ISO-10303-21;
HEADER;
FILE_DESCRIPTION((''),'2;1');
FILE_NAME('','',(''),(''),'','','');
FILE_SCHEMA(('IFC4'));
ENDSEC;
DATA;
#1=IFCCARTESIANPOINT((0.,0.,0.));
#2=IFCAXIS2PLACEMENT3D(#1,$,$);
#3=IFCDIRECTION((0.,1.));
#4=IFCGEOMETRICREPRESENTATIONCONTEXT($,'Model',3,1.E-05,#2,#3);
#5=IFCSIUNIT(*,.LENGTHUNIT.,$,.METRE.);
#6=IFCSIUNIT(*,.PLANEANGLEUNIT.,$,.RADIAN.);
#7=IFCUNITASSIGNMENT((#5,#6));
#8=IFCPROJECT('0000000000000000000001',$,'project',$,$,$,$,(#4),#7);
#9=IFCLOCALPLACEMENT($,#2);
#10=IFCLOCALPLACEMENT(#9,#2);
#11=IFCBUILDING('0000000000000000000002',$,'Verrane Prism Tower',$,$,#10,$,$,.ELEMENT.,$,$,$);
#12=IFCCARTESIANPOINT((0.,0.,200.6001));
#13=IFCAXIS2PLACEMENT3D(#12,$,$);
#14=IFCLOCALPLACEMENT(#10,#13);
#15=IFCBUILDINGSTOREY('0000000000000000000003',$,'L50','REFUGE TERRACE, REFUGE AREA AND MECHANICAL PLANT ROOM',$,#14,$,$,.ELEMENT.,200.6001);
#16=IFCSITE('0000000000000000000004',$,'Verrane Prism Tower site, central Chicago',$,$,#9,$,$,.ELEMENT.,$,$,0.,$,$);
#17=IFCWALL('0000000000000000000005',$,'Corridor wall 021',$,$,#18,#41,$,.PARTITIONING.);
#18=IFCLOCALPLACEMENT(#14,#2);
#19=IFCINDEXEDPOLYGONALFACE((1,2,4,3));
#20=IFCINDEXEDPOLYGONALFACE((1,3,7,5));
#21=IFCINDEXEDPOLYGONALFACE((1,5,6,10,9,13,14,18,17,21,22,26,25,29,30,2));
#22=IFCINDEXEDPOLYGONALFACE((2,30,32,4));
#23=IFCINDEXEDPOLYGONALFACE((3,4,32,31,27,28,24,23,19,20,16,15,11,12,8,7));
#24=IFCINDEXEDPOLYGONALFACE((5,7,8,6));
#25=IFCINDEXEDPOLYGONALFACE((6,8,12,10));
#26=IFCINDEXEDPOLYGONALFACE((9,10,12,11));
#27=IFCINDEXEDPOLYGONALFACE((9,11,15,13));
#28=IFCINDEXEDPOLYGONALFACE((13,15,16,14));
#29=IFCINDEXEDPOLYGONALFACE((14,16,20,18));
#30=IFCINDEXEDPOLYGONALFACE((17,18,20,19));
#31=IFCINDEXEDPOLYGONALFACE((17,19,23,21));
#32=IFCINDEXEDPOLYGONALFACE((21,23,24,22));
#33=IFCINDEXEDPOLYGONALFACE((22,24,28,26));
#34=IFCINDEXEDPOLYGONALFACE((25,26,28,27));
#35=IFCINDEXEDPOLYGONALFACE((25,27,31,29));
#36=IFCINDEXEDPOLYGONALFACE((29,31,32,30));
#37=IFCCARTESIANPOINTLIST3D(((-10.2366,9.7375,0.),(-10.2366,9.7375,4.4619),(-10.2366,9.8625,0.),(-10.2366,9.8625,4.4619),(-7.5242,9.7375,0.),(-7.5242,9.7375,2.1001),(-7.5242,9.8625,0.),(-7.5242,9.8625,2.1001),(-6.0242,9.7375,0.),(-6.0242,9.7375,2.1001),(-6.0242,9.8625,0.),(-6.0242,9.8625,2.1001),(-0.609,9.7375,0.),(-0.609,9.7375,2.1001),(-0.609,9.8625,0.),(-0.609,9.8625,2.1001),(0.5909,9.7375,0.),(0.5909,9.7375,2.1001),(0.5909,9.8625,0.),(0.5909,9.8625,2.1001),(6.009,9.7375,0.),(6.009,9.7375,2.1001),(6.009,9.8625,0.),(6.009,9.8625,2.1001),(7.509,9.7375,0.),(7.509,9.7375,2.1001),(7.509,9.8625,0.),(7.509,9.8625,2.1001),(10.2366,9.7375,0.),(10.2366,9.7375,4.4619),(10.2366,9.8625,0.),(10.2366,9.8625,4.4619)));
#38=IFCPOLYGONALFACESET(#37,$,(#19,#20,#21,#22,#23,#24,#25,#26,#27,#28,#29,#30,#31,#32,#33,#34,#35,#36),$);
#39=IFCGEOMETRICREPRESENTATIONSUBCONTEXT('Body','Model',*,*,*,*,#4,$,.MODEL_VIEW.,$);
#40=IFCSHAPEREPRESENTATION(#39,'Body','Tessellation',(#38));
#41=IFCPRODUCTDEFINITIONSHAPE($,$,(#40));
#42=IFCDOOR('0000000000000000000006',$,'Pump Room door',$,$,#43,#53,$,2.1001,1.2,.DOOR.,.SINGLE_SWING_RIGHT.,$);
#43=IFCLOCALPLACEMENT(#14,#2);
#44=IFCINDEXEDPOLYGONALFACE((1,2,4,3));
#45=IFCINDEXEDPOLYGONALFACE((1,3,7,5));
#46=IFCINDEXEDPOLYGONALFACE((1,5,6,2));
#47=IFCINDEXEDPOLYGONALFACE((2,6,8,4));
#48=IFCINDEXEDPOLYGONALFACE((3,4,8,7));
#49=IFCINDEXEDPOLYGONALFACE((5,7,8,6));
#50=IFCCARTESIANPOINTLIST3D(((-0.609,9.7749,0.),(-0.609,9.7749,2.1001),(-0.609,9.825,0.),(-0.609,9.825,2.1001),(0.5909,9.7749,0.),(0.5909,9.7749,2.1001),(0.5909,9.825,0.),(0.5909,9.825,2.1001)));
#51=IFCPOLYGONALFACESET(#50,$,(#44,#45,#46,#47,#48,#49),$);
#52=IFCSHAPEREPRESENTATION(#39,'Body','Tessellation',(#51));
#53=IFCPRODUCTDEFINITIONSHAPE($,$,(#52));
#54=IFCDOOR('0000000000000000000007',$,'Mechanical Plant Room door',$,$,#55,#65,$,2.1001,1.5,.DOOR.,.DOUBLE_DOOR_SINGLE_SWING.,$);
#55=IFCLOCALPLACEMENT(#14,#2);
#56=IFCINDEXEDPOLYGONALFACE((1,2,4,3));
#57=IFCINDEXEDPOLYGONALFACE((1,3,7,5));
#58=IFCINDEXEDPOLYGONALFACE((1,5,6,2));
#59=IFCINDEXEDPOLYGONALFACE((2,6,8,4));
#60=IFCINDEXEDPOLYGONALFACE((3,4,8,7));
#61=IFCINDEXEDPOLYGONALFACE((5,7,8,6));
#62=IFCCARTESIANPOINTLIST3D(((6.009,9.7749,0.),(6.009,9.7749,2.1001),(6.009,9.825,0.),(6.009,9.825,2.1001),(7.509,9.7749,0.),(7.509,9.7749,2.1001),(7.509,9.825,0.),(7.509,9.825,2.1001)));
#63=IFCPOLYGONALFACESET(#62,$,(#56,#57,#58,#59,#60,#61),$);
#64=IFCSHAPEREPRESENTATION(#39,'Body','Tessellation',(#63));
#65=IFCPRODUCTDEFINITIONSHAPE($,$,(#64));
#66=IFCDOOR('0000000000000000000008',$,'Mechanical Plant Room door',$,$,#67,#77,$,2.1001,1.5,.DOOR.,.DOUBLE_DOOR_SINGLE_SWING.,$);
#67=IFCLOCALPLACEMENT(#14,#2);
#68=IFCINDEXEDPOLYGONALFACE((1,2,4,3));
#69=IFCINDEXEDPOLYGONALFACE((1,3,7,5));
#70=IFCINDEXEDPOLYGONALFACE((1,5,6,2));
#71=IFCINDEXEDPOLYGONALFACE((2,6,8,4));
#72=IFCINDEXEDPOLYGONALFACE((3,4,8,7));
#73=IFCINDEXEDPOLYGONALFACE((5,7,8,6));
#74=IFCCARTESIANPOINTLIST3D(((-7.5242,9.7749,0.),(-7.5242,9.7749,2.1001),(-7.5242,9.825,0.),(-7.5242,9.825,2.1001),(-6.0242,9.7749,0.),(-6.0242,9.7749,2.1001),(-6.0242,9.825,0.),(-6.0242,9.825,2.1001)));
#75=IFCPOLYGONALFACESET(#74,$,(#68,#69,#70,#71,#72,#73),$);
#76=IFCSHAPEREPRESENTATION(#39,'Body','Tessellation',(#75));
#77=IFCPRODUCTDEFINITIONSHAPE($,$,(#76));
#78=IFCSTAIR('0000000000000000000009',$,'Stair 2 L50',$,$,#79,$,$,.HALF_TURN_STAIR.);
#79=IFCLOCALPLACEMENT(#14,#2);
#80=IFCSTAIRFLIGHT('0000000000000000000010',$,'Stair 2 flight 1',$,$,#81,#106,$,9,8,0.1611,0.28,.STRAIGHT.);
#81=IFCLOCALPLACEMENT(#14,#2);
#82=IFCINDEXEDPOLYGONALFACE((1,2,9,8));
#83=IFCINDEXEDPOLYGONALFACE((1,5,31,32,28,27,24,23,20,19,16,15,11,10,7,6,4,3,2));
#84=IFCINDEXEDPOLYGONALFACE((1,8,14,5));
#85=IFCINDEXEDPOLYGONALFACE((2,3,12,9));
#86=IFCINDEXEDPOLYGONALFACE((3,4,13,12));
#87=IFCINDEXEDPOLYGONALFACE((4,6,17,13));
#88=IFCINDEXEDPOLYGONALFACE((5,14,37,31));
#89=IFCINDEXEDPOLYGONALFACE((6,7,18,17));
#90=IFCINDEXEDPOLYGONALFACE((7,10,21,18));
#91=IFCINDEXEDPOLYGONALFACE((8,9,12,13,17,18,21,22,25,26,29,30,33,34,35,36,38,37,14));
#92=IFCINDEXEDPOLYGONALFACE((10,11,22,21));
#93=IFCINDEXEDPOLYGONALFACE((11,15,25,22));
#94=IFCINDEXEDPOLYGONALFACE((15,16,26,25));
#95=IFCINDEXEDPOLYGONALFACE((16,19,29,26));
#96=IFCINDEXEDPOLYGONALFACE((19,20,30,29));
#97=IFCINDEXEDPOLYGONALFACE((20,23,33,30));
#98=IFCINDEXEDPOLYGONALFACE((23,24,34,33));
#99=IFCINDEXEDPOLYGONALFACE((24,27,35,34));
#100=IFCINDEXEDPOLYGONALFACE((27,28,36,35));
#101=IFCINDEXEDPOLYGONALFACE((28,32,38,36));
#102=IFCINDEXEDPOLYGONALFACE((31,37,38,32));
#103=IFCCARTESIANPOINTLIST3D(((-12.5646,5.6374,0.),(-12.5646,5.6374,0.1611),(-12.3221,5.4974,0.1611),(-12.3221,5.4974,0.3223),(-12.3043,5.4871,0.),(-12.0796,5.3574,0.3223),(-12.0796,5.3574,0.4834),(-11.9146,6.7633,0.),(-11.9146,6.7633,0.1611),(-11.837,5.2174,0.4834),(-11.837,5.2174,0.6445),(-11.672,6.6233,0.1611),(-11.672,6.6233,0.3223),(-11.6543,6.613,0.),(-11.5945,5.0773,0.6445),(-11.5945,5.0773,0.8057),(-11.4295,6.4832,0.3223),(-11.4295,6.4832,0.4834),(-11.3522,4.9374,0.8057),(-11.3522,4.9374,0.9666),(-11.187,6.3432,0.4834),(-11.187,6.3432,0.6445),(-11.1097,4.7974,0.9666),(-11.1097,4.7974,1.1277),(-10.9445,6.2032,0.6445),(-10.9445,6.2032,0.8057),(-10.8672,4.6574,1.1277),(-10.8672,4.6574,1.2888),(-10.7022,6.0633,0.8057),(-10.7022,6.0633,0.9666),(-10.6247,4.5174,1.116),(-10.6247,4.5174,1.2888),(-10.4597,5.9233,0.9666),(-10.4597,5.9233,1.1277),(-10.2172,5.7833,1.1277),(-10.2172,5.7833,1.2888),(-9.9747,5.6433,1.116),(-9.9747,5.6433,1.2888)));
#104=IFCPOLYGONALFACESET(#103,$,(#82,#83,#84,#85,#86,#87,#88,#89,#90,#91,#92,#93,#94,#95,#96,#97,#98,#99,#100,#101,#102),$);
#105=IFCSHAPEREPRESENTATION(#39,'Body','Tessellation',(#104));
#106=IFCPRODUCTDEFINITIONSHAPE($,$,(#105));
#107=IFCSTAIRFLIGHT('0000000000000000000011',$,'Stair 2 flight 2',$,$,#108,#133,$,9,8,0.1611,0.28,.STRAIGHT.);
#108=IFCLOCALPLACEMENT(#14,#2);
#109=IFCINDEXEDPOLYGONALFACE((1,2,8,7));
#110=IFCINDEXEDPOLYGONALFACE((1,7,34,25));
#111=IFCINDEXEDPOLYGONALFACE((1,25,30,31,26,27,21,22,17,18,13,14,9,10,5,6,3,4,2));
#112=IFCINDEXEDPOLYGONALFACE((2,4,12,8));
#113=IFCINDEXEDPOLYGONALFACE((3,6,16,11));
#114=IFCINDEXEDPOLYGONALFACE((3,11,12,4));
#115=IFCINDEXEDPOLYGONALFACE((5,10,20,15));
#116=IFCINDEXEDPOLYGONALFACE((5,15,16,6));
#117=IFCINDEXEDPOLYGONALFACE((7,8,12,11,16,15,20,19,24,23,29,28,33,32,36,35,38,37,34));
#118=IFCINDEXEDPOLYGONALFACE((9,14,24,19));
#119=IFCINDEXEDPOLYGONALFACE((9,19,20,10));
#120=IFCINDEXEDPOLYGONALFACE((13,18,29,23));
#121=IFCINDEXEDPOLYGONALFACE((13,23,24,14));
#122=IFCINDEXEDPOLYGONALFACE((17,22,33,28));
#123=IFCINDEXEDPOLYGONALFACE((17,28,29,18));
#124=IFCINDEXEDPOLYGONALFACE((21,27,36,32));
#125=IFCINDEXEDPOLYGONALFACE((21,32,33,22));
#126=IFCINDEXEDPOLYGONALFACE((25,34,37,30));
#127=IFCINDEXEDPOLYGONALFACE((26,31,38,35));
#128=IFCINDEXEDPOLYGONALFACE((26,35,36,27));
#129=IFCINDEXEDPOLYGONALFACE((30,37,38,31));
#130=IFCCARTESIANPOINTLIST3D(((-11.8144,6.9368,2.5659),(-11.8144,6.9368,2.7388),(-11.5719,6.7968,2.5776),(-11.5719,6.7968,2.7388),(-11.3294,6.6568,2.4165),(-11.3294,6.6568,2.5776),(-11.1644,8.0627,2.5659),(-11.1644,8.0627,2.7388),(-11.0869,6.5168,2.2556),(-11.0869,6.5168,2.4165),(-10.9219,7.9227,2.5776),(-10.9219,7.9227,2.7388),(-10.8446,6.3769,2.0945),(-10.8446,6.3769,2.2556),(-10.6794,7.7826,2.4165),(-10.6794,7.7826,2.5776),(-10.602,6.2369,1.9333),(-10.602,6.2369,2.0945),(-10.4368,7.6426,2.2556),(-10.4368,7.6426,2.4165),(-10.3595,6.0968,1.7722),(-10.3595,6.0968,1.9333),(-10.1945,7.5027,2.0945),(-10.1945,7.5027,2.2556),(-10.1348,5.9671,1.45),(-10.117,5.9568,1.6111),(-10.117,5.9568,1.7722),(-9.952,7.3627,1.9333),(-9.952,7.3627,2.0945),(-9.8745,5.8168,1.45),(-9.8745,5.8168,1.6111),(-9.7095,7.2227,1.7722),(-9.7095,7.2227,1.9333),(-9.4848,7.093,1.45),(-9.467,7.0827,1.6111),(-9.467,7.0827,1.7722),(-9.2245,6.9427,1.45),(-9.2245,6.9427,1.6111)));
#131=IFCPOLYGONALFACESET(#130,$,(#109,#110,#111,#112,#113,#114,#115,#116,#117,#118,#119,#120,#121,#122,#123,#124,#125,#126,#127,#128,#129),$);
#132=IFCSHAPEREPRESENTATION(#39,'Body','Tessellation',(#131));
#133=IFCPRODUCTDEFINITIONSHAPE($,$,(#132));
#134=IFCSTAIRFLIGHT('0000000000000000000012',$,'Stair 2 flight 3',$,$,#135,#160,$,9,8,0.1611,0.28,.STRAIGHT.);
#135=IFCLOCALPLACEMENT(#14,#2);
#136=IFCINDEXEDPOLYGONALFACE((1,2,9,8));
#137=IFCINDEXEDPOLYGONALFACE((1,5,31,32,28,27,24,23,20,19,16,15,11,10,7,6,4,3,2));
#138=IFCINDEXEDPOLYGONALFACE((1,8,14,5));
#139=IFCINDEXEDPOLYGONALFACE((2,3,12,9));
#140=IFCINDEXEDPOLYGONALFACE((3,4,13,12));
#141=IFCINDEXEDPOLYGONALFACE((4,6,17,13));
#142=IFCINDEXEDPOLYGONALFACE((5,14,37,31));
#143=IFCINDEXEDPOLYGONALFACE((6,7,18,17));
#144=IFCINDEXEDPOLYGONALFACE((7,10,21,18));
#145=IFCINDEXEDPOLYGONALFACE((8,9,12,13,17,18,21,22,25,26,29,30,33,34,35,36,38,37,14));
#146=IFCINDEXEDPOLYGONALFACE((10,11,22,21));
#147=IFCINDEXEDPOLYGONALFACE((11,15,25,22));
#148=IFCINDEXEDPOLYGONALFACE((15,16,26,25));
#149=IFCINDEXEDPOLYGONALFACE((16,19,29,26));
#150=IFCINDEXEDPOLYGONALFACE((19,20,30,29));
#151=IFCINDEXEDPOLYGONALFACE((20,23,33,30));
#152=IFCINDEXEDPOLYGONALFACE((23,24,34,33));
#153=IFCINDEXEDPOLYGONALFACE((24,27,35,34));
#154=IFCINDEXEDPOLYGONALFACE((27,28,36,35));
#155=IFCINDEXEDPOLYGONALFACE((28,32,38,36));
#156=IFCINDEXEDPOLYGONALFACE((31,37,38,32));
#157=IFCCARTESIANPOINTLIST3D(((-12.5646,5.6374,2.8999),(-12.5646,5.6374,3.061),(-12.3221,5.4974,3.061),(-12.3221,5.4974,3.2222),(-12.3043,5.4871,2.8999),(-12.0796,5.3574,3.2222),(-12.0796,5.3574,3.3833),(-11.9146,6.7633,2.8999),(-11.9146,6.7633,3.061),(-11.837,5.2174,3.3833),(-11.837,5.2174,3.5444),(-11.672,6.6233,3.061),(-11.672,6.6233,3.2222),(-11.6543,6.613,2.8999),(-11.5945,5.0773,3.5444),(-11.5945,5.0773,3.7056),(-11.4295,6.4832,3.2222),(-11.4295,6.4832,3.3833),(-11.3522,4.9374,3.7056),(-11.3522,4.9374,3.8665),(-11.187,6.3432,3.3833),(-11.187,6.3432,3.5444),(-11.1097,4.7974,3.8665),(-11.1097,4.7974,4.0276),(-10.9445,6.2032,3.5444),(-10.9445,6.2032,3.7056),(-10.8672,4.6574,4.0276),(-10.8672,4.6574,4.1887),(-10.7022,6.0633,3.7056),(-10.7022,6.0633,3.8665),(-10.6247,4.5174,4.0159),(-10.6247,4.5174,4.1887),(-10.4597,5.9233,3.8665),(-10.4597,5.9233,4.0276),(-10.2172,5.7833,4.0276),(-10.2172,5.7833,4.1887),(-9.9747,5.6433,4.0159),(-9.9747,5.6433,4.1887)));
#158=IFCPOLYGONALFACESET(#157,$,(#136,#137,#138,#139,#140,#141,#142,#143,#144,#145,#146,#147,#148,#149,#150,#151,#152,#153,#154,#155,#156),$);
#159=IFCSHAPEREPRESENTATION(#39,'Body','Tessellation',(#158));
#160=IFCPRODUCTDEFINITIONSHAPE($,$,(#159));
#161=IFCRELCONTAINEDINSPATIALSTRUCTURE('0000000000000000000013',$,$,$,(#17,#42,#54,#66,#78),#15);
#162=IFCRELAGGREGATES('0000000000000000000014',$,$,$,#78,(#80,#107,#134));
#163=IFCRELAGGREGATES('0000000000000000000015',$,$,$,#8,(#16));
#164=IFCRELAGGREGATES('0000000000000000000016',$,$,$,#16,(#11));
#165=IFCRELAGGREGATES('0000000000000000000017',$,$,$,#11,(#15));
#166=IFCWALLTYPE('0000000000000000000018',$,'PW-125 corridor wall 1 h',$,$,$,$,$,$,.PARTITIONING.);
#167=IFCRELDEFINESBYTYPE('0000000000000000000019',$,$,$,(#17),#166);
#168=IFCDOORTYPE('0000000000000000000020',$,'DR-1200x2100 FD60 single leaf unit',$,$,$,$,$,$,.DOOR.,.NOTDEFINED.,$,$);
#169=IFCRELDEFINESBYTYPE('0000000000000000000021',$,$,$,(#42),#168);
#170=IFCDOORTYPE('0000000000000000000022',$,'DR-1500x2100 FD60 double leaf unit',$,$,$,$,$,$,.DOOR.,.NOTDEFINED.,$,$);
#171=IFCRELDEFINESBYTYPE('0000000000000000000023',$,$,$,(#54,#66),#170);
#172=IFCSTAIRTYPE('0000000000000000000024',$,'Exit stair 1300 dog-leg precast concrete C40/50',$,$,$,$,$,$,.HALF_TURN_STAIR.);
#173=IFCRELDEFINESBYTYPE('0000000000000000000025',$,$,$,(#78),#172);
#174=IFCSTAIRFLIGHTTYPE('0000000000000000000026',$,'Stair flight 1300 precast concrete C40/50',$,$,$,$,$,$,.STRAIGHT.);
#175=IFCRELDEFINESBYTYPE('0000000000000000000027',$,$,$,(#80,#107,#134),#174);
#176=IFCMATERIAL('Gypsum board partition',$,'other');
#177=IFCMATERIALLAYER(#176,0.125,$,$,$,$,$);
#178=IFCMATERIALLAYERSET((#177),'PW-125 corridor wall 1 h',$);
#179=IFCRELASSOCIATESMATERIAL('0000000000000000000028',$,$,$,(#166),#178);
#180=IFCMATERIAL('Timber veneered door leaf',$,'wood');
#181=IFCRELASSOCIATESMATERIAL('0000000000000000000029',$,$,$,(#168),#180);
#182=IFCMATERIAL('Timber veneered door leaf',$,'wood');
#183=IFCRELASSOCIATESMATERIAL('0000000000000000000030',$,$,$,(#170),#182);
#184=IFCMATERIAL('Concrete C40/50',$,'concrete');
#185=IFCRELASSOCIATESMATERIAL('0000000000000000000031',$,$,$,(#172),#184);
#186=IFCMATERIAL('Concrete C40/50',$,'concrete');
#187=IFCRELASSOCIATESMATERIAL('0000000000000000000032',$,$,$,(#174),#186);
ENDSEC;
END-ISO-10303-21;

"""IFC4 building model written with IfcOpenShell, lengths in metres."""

from ifc_helpers import new_model, si_unit, direction, frame, frame_2d, origin, place, context, subcontext, project, spatial, polyline, rectangle, outline, extrude, material, layer, layer_set, type_object, element, fill, aggregate, save


model = new_model("IFC4")

# Units and contexts
model_context = context("Model", 3, precision=1e-05, world=origin(), true_north=direction((0.0, 1.0)))
body_context = subcontext(model_context, "Body", "Model", "MODEL_VIEW")
ifc_project = project(units=[si_unit("LENGTHUNIT", "METRE"), si_unit("PLANEANGLEUNIT", "RADIAN")], contexts=[model_context])

# Site, building, storey
site_placement = place(None, origin())
site = spatial("IfcSite", under=ifc_project, at=site_placement, Name="Verrane Prism Tower site, central Chicago", CompositionType="ELEMENT", RefElevation=0.0)
building_placement = place(site_placement, origin())
building = spatial("IfcBuilding", under=site, at=building_placement, Name="Verrane Prism Tower", CompositionType="ELEMENT")
storey_placement = place(building_placement, frame((0.0, 0.0, 200.6001)))
storey = spatial("IfcBuildingStorey", under=building, at=storey_placement, Name="L50", Description="REFUGE TERRACE, REFUGE AREA AND MECHANICAL PLANT ROOM", CompositionType="ELEMENT", Elevation=200.6001)

# Wall, openings, doors
ifc_material_1 = material(Name="Gypsum board partition", Category="other")
ifc_layer_1 = layer(ifc_material_1, 0.125)
ifc_layer_set_1 = layer_set([ifc_layer_1], Name="PW-125 corridor wall 1 h")
wall_type_1 = type_object("IfcWallType", Name="PW-125 corridor wall 1 h", PredefinedType="PARTITIONING", material=ifc_layer_set_1)
wall_1_placement = place(storey_placement, frame((-10.2366, 9.8, 0.0), z_axis=(0.0, 0.0, 1.0), x_axis=(1.0, 0.0, 0.0)))
wall_1 = element("IfcWall", 1, at=wall_1_placement, inside=storey, type_object=wall_type_1, Name="Corridor wall 021", PredefinedType="PARTITIONING", context=body_context, shape_type="SweptSolid", body=[
    extrude(rectangle(XDim=20.4731, YDim=0.125, at=frame_2d((10.2366, 0.0))), origin(), (0.0, 0.0, 1.0), 4.4619),
])
opening_1_placement = place(wall_1_placement, frame((16.2456, 0.0, 0.0)))
opening_1 = element("IfcOpeningElement", 2, at=opening_1_placement, cuts=wall_1, PredefinedType="OPENING", context=body_context, shape_type="SweptSolid", body=[
    extrude(rectangle(XDim=1.5, YDim=2.1001, at=frame_2d((0.75, 1.05))), frame((0.0, 0.0725, 0.0), z_axis=(0.0, -1.0, 0.0), x_axis=(1.0, 0.0, 0.0)), (0.0, 0.0, 1.0), 0.145),
])
opening_2_placement = place(wall_1_placement, frame((9.6274, 0.0, 0.0)))
opening_2 = element("IfcOpeningElement", 3, at=opening_2_placement, cuts=wall_1, PredefinedType="OPENING", context=body_context, shape_type="SweptSolid", body=[
    extrude(rectangle(XDim=1.2, YDim=2.1001, at=frame_2d((0.6001, 1.05))), frame((0.0, 0.0725, 0.0), z_axis=(0.0, -1.0, 0.0), x_axis=(1.0, 0.0, 0.0)), (0.0, 0.0, 1.0), 0.145),
])
opening_3_placement = place(wall_1_placement, frame((2.7124, 0.0, 0.0)))
opening_3 = element("IfcOpeningElement", 4, at=opening_3_placement, cuts=wall_1, PredefinedType="OPENING", context=body_context, shape_type="SweptSolid", body=[
    extrude(rectangle(XDim=1.5, YDim=2.1001, at=frame_2d((0.75, 1.05))), frame((0.0, 0.0725, 0.0), z_axis=(0.0, -1.0, 0.0), x_axis=(1.0, 0.0, 0.0)), (0.0, 0.0, 1.0), 0.145),
])
ifc_material_2 = material(Name="Timber veneered door leaf", Category="wood")
door_type_1 = type_object("IfcDoorType", Name="DR-1200x2100 FD60 single leaf unit", OperationType="NOTDEFINED", PredefinedType="DOOR", material=ifc_material_2)
door_1_placement = place(opening_2_placement, origin())
door_1 = element("IfcDoor", 5, at=door_1_placement, inside=storey, type_object=door_type_1, Name="Pump Room door", OperationType="SINGLE_SWING_RIGHT", OverallHeight=2.1001, OverallWidth=1.2, PredefinedType="DOOR", context=body_context, shape_type="SweptSolid", body=[
    extrude(rectangle(XDim=1.2, YDim=2.1001, at=frame_2d((0.6001, 1.05))), frame((0.0, 0.0249, 0.0), z_axis=(0.0, -1.0, 0.0), x_axis=(1.0, 0.0, 0.0)), (0.0, 0.0, 1.0), 0.05),
])
fill(opening_2, door_1)
ifc_material_3 = material(Name="Timber veneered door leaf", Category="wood")
door_type_2 = type_object("IfcDoorType", Name="DR-1500x2100 FD60 double leaf unit", OperationType="NOTDEFINED", PredefinedType="DOOR", material=ifc_material_3)
door_2_placement = place(opening_1_placement, origin())
door_2 = element("IfcDoor", 6, at=door_2_placement, inside=storey, type_object=door_type_2, Name="Mechanical Plant Room door", OperationType="DOUBLE_DOOR_SINGLE_SWING", OverallHeight=2.1001, OverallWidth=1.5, PredefinedType="DOOR", context=body_context, shape_type="SweptSolid", body=[
    extrude(rectangle(XDim=1.5, YDim=2.1001, at=frame_2d((0.75, 1.05))), frame((0.0, 0.0249, 0.0), z_axis=(0.0, -1.0, 0.0), x_axis=(1.0, 0.0, 0.0)), (0.0, 0.0, 1.0), 0.05),
])
fill(opening_1, door_2)
door_3_placement = place(opening_3_placement, origin())
door_3 = element("IfcDoor", 7, at=door_3_placement, inside=storey, type_object=door_type_2, Name="Mechanical Plant Room door", OperationType="DOUBLE_DOOR_SINGLE_SWING", OverallHeight=2.1001, OverallWidth=1.5, PredefinedType="DOOR", context=body_context, shape_type="SweptSolid", body=[
    extrude(rectangle(XDim=1.5, YDim=2.1001, at=frame_2d((0.75, 1.05))), frame((0.0, 0.0249, 0.0), z_axis=(0.0, -1.0, 0.0), x_axis=(1.0, 0.0, 0.0)), (0.0, 0.0, 1.0), 0.05),
])
fill(opening_3, door_3)

# Stair, stair flights
ifc_material_4 = material(Name="Concrete C40/50", Category="concrete")
stair_type = type_object("IfcStairType", Name="Exit stair 1300 dog-leg precast concrete C40/50", PredefinedType="HALF_TURN_STAIR", material=ifc_material_4)
stair_placement = place(storey_placement, origin())
stair = element("IfcStair", 8, at=stair_placement, inside=storey, type_object=stair_type, Name="Stair 2 L50", PredefinedType="HALF_TURN_STAIR")
ifc_material_5 = material(Name="Concrete C40/50", Category="concrete")
stair_flight_type = type_object("IfcStairFlightType", Name="Stair flight 1300 precast concrete C40/50", PredefinedType="STRAIGHT", material=ifc_material_5)
stair_flight_1_placement = place(storey_placement, frame((-12.2395, 6.2004, 0.0), z_axis=(0.0, 0.0, 1.0), x_axis=(0.866025, -0.5, 0.0)))
stair_flight_1 = element("IfcStairFlight", 9, at=stair_flight_1_placement, type_object=stair_flight_type, Name="Stair 2 flight 1", NumberOfRisers=9, NumberOfTreads=8, PredefinedType="STRAIGHT", RiserHeight=0.1611, TreadLength=0.28, context=body_context, shape_type="SweptSolid", body=[
    extrude(outline(polyline([(0.0, 0.0), (0.0, 0.1611), (0.28, 0.1611), (0.28, 0.3223), (0.5601, 0.3223), (0.5601, 0.4834), (0.8401, 0.4834), (0.8401, 0.6445), (1.1201, 0.6445), (1.1201, 0.8057), (1.3999, 0.8057), (1.3999, 0.9666), (1.6799, 0.9666), (1.6799, 1.1277), (1.96, 1.1277), (1.96, 1.2888), (2.24, 1.2888), (2.24, 1.45), (2.24, 1.116), (0.3005, 0.0), (0.0, 0.0)])), frame((0.0, 0.6499, 0.0), z_axis=(0.0, -1.0, 0.0), x_axis=(1.0, 0.0, 0.0)), (0.0, 0.0, 1.0), 1.3),
])
stair_flight_2_placement = place(storey_placement, frame((-9.5496, 6.3796, 1.45), z_axis=(0.0, 0.0, 1.0), x_axis=(-0.866025, 0.5, 0.0)))
stair_flight_2 = element("IfcStairFlight", 10, at=stair_flight_2_placement, type_object=stair_flight_type, Name="Stair 2 flight 2", NumberOfRisers=9, NumberOfTreads=8, PredefinedType="STRAIGHT", RiserHeight=0.1611, TreadLength=0.28, context=body_context, shape_type="SweptSolid", body=[
    extrude(outline(polyline([(0.0, 0.0), (0.0, 0.1611), (0.28, 0.1611), (0.28, 0.3223), (0.5601, 0.3223), (0.5601, 0.4834), (0.8401, 0.4834), (0.8401, 0.6445), (1.1201, 0.6445), (1.1201, 0.8057), (1.3999, 0.8057), (1.3999, 0.9666), (1.6799, 0.9666), (1.6799, 1.1277), (1.96, 1.1277), (1.96, 1.2888), (2.24, 1.2888), (2.24, 1.45), (2.24, 1.116), (0.3005, 0.0), (0.0, 0.0)])), frame((0.0, 0.6499, 0.0), z_axis=(0.0, -1.0, 0.0), x_axis=(1.0, 0.0, 0.0)), (0.0, 0.0, 1.0), 1.3),
])
stair_flight_3_placement = place(storey_placement, frame((-12.2395, 6.2004, 2.8999), z_axis=(0.0, 0.0, 1.0), x_axis=(0.866025, -0.5, 0.0)))
stair_flight_3 = element("IfcStairFlight", 11, at=stair_flight_3_placement, type_object=stair_flight_type, Name="Stair 2 flight 3", NumberOfRisers=9, NumberOfTreads=8, PredefinedType="STRAIGHT", RiserHeight=0.1611, TreadLength=0.28, context=body_context, shape_type="SweptSolid", body=[
    extrude(outline(polyline([(0.0, 0.0), (0.0, 0.1611), (0.28, 0.1611), (0.28, 0.3223), (0.5601, 0.3223), (0.5601, 0.4834), (0.8401, 0.4834), (0.8401, 0.6445), (1.1201, 0.6445), (1.1201, 0.8057), (1.3999, 0.8057), (1.3999, 0.9666), (1.6799, 0.9666), (1.6799, 1.1277), (1.96, 1.1277), (1.96, 1.2888), (2.24, 1.2888), (2.24, 1.45), (2.24, 1.116), (0.3005, 0.0), (0.0, 0.0)])), frame((0.0, 0.6499, 0.0), z_axis=(0.0, -1.0, 0.0), x_axis=(1.0, 0.0, 0.0)), (0.0, 0.0, 1.0), 1.3),
])
aggregate(stair, [stair_flight_1, stair_flight_2, stair_flight_3])

save(model, "model.ifc")
